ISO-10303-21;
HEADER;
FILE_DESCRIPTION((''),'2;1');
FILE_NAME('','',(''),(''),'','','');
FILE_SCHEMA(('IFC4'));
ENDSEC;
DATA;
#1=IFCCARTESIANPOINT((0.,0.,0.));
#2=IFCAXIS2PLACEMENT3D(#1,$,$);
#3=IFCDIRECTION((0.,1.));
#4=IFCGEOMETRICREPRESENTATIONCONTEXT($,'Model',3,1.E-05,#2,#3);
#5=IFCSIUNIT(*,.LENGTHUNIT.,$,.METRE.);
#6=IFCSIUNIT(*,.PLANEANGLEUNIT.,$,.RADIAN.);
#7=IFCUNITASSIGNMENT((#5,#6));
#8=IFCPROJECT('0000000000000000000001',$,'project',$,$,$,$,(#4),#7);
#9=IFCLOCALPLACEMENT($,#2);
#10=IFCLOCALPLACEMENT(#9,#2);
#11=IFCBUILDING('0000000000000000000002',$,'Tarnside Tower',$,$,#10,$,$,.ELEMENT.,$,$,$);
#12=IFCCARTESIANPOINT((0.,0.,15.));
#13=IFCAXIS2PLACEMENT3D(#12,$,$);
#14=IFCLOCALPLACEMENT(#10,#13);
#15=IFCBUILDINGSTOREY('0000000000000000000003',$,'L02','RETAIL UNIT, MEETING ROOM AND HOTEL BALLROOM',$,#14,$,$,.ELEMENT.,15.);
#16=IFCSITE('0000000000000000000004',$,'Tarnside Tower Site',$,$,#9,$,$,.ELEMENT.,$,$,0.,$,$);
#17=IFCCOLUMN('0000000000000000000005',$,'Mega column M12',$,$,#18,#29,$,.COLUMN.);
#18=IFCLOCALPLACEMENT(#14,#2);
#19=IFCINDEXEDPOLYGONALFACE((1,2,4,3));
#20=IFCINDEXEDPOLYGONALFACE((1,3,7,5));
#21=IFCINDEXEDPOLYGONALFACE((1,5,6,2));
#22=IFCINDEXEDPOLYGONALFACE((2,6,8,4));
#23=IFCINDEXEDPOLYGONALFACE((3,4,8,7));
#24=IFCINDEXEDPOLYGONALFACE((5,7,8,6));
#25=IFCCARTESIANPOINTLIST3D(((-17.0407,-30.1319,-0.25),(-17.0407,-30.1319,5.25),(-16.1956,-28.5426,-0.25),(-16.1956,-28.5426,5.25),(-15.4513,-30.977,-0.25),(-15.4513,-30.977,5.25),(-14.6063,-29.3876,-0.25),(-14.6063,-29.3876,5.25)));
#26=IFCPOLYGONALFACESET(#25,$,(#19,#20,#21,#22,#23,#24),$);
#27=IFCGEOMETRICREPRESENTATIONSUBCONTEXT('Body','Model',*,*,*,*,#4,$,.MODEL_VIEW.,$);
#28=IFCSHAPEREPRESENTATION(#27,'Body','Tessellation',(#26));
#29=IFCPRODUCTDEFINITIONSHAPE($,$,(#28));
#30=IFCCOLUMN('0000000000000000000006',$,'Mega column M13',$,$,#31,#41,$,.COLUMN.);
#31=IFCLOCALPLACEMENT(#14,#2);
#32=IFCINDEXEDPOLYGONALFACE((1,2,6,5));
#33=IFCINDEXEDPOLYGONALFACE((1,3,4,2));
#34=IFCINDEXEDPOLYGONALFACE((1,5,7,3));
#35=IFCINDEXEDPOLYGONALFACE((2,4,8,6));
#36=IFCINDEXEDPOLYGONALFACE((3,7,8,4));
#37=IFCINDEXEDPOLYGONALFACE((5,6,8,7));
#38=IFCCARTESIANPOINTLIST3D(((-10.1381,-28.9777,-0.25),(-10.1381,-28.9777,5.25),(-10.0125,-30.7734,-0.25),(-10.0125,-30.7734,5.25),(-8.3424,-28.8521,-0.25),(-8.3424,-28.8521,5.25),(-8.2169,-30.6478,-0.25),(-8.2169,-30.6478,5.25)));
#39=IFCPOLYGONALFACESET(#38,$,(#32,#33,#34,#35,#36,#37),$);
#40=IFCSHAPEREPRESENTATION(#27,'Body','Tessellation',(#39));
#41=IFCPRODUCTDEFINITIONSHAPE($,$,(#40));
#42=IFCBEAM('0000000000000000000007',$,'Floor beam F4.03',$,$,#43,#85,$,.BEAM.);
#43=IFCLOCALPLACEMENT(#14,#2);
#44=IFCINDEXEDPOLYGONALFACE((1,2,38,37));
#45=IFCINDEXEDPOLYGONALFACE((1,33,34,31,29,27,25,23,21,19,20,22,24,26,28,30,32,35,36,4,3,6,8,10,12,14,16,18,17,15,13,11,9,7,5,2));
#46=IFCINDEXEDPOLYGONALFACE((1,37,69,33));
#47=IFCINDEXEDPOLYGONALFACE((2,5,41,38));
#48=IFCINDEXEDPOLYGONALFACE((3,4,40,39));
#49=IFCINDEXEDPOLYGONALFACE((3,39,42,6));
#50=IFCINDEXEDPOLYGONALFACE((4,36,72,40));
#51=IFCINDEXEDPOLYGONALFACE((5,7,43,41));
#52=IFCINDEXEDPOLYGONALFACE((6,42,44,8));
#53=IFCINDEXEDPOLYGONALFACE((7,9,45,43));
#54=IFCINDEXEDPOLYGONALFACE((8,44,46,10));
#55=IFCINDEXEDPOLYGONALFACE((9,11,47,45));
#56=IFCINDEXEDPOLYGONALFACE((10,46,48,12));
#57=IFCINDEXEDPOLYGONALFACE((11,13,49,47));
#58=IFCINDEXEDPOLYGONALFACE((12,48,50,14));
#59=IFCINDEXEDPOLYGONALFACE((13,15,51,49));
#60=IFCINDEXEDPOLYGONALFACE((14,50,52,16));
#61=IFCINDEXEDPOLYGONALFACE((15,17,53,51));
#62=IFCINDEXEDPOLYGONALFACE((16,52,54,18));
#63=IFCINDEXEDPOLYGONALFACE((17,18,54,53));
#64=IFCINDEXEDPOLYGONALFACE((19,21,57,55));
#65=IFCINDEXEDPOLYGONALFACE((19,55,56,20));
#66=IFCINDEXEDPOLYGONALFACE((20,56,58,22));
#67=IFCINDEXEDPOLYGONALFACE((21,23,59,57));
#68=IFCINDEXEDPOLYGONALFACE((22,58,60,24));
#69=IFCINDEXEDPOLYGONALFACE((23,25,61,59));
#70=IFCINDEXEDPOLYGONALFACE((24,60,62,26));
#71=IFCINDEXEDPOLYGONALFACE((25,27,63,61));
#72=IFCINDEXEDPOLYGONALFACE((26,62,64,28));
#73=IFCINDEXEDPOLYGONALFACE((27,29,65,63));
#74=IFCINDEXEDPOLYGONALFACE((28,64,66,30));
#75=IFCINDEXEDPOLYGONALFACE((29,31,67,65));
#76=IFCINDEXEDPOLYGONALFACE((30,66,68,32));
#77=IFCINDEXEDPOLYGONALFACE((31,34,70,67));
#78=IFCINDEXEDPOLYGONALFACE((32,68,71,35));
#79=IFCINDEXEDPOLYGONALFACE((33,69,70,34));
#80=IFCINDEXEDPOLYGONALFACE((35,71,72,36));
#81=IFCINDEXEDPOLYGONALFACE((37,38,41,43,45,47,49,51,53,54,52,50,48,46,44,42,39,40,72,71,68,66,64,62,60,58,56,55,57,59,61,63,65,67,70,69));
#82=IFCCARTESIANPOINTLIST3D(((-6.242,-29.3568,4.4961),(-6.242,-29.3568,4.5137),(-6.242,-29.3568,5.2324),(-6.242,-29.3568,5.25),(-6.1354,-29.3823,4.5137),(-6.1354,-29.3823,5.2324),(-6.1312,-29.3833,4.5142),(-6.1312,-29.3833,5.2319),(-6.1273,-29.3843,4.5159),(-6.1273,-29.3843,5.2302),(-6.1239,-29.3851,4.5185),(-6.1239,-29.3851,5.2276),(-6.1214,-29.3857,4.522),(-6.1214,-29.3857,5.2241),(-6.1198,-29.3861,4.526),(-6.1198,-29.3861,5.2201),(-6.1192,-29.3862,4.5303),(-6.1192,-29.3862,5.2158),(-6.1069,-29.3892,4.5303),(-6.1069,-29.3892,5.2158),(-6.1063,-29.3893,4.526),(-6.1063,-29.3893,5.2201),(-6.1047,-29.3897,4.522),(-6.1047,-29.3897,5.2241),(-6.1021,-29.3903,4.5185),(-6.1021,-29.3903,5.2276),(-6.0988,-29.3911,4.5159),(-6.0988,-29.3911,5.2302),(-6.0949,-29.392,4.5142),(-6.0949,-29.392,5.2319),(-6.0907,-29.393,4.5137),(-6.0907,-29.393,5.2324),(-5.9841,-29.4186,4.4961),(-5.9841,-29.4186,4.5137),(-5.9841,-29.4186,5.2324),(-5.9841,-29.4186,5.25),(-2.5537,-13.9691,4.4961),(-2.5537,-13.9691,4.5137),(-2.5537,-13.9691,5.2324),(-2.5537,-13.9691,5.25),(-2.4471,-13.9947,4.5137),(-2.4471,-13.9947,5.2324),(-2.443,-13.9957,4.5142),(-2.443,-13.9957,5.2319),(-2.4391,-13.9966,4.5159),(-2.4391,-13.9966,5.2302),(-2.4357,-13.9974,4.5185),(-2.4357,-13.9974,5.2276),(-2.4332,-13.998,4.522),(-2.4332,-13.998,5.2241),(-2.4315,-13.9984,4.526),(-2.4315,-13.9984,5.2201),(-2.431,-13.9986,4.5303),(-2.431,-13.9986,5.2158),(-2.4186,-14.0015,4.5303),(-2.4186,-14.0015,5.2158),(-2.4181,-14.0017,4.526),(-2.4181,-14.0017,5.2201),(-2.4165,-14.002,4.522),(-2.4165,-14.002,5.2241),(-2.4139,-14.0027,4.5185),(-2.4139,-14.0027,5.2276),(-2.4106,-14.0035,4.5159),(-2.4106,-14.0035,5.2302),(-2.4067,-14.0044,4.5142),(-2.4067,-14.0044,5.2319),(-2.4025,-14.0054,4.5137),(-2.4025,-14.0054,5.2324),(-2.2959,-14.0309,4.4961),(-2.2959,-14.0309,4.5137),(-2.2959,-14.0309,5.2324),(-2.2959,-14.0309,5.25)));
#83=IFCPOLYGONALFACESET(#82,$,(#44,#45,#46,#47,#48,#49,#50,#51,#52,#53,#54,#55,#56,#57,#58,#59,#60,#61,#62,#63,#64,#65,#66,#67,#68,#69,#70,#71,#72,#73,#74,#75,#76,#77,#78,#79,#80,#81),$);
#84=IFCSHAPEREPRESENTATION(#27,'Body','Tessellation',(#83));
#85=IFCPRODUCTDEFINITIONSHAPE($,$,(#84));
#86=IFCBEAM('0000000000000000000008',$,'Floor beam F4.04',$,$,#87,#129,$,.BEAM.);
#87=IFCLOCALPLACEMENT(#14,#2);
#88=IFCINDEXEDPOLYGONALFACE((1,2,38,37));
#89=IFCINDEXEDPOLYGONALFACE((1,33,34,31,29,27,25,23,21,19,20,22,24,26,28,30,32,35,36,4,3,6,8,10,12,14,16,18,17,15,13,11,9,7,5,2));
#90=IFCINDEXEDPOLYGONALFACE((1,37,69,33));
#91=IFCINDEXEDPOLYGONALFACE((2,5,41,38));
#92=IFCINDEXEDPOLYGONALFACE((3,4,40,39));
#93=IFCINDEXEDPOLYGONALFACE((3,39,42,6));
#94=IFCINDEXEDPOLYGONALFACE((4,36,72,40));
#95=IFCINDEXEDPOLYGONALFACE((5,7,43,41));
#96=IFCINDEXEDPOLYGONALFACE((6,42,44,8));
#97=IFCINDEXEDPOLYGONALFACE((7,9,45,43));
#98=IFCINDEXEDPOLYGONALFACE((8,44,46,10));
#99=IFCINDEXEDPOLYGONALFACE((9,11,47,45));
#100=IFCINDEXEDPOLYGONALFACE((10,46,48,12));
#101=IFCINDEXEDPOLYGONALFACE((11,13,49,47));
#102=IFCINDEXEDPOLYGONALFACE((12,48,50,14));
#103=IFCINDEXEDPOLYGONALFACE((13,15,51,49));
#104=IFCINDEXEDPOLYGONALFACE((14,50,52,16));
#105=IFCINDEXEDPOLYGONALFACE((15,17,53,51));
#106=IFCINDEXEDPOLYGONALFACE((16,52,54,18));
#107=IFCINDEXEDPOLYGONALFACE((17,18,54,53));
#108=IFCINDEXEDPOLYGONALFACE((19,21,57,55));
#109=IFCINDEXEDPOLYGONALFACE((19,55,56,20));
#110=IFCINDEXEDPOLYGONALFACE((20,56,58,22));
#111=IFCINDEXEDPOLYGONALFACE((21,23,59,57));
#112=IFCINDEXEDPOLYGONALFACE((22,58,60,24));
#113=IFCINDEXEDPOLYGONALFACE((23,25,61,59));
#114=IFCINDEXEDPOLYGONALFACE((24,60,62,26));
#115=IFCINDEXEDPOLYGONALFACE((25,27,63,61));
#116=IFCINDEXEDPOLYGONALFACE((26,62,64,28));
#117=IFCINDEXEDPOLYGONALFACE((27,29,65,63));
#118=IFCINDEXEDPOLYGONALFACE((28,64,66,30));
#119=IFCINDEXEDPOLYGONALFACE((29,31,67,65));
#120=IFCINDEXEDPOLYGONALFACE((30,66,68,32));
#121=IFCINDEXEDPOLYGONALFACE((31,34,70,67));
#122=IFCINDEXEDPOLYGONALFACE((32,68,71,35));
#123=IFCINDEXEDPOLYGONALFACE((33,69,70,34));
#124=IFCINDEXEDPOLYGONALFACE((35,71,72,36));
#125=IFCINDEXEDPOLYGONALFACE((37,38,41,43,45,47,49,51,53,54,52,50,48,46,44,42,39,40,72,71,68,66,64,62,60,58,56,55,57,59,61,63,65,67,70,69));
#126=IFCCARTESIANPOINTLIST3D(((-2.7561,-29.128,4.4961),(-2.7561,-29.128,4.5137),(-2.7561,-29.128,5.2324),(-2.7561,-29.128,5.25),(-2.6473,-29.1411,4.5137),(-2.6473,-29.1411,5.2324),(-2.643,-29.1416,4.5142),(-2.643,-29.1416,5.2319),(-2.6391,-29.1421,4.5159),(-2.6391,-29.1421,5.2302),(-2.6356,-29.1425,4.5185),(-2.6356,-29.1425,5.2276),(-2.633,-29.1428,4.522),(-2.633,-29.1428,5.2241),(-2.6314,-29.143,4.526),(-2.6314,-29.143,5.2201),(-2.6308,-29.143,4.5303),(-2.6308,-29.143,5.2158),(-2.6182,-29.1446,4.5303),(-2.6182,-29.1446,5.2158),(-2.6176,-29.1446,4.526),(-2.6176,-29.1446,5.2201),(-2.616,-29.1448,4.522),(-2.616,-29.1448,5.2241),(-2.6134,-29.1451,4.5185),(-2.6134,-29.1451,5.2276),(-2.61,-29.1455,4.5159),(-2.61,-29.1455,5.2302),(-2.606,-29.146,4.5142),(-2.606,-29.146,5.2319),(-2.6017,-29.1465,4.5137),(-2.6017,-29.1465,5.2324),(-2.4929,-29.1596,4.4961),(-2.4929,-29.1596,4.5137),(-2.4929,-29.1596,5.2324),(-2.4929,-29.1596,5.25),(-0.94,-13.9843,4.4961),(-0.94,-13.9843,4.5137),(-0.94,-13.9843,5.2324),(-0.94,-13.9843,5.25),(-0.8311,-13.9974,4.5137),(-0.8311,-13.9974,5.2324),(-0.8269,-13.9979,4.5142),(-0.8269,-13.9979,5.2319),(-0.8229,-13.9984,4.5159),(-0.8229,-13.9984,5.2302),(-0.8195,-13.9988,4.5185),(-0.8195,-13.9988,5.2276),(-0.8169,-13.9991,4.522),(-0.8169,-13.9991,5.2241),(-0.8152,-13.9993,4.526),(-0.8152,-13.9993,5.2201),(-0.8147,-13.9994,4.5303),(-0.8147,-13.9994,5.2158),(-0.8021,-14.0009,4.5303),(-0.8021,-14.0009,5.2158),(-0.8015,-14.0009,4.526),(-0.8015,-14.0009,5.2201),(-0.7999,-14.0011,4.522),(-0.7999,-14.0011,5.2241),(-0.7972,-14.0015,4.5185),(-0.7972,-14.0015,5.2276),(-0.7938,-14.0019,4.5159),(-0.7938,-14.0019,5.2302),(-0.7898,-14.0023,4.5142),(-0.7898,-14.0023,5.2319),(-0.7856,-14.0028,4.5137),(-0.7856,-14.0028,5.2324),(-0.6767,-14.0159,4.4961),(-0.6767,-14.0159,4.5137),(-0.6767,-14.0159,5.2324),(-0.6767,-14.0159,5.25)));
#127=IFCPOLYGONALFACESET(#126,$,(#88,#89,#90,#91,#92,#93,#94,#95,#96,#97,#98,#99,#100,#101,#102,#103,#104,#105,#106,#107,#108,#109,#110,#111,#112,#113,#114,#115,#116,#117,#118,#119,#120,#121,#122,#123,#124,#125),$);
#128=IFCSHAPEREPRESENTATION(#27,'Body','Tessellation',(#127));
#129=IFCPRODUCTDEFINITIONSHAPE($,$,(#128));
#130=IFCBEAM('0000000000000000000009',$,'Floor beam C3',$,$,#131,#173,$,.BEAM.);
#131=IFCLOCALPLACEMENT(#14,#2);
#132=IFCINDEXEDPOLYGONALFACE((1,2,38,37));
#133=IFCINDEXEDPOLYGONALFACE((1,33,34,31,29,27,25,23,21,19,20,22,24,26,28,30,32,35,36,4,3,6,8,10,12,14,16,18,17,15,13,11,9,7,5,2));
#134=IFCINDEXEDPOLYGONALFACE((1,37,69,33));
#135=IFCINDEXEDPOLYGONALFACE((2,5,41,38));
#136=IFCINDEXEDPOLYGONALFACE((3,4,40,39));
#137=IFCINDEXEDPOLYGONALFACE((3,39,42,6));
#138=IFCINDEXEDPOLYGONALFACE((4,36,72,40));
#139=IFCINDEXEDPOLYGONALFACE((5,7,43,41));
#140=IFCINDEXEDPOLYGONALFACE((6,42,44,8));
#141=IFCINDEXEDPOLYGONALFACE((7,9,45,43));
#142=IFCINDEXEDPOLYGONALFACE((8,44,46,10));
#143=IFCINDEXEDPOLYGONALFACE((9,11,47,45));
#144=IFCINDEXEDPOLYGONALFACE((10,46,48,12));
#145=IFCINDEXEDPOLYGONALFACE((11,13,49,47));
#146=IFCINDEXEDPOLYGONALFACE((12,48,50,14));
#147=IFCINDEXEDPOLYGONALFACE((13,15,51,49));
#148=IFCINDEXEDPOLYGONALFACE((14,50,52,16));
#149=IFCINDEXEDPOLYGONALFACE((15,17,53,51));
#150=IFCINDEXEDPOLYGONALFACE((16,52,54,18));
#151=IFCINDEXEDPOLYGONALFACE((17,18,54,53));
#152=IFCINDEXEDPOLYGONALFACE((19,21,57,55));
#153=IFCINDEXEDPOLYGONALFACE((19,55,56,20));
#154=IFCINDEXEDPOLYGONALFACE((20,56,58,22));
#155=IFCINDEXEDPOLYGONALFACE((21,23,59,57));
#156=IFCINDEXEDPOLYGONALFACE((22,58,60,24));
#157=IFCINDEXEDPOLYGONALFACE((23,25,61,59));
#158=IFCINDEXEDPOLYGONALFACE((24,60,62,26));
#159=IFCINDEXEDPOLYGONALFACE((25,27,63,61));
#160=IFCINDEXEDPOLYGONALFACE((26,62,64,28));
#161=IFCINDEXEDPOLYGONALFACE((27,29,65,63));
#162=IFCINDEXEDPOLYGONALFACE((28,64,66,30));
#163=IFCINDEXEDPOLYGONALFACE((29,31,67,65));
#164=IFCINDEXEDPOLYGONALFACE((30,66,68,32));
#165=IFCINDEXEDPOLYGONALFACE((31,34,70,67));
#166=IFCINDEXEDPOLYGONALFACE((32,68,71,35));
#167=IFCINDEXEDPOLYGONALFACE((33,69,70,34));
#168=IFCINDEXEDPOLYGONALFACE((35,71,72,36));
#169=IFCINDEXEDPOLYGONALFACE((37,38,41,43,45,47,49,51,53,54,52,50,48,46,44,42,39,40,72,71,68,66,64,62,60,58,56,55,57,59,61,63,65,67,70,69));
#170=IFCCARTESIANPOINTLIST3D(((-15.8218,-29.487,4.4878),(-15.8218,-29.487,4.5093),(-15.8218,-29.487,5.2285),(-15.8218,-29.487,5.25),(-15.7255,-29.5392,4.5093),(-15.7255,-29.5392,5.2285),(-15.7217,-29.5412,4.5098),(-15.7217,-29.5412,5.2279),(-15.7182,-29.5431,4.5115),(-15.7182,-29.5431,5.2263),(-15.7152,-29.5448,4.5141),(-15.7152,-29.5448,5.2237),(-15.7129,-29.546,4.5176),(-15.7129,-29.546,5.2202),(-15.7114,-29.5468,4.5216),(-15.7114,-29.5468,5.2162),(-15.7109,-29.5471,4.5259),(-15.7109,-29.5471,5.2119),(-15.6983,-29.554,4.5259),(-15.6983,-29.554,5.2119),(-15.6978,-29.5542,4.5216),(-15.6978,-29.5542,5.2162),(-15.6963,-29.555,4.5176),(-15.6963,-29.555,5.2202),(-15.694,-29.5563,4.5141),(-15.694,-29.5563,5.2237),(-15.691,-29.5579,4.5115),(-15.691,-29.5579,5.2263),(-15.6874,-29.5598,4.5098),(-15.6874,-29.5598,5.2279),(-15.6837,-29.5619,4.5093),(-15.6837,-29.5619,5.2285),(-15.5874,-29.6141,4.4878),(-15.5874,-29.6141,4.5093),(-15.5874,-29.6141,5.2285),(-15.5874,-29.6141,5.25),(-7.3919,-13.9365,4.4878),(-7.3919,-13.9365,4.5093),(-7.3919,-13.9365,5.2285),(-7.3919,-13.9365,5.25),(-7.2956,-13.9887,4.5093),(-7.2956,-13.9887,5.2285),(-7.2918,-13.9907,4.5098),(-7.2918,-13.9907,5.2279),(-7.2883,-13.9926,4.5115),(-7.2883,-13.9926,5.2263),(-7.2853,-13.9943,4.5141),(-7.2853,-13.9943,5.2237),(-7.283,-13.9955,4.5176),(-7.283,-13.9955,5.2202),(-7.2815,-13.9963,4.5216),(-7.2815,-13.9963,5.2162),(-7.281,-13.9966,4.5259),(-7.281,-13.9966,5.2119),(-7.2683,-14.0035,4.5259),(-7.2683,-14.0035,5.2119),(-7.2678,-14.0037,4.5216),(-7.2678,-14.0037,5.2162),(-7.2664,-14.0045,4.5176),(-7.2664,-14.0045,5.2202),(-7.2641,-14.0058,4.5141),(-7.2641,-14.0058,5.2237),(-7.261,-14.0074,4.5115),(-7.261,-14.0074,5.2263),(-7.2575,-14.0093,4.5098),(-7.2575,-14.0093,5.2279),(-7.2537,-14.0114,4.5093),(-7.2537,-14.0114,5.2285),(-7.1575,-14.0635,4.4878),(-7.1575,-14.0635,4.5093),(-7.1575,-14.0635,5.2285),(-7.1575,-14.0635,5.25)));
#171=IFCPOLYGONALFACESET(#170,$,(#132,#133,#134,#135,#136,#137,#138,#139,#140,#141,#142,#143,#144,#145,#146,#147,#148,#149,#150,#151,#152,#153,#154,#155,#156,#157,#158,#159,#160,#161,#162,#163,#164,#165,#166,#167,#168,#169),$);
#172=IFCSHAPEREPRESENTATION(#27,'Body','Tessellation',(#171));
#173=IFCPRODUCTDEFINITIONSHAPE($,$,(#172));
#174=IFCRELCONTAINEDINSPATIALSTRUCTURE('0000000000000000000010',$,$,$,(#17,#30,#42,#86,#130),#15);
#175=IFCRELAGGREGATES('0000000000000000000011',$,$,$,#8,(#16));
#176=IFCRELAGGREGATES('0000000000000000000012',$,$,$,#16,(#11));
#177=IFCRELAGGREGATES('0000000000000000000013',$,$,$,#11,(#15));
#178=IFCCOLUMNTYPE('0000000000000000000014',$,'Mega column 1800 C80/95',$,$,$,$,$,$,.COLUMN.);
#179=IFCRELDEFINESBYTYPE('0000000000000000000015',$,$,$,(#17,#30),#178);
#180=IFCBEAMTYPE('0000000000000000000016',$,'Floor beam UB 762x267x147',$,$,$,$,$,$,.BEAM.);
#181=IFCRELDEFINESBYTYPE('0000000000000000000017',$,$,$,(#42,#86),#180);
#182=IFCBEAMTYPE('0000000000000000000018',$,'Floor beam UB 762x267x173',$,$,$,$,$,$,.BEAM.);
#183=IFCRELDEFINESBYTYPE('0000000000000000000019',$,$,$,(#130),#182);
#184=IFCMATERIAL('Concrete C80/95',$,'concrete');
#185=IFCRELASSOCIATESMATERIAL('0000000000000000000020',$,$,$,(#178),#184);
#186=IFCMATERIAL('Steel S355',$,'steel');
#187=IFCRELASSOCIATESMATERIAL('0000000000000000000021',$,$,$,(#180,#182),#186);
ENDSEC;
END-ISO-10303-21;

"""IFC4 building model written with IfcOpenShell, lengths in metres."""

from ifc_helpers import new_model, si_unit, direction, frame, origin, origin_2d, place, context, subcontext, project, spatial, rectangle, i_section, extrude, material, material_profile, profile_set, type_object, element, save


model = new_model("IFC4")

# Units and contexts
model_context = context("Model", 3, precision=1e-05, world=origin(), true_north=direction((0.0, 1.0)))
body_context = subcontext(model_context, "Body", "Model", "MODEL_VIEW")
ifc_project = project(units=[si_unit("LENGTHUNIT", "METRE"), si_unit("PLANEANGLEUNIT", "RADIAN")], contexts=[model_context])

# Site, building, storey
site_placement = place(None, origin())
site = spatial("IfcSite", under=ifc_project, at=site_placement, Name="Tarnside Tower Site", CompositionType="ELEMENT", RefElevation=0.0)
building_placement = place(site_placement, origin())
building = spatial("IfcBuilding", under=site, at=building_placement, Name="Tarnside Tower", CompositionType="ELEMENT")
storey_placement = place(building_placement, frame((0.0, 0.0, 15.0)))
storey = spatial("IfcBuildingStorey", under=building, at=storey_placement, Name="L02", Description="RETAIL UNIT, MEETING ROOM AND HOTEL BALLROOM", CompositionType="ELEMENT", Elevation=15.0)

# Columns
ifc_material_1 = material(Name="Concrete C80/95", Category="concrete")
ifc_material_profile_1 = material_profile(ifc_material_1, rectangle(XDim=1.8, YDim=1.8, at=origin_2d()), Name="Mega column 1800x1800")
ifc_profile_set_1 = profile_set([ifc_material_profile_1], Name="Concrete C80/95")
column_type = type_object("IfcColumnType", Name="Mega column 1800 C80/95", PredefinedType="COLUMN", material=ifc_profile_set_1)
for number, where, z_axis, x_axis, name in (
    (1, (-15.8235, -29.7598, -0.25), (0.0, 0.0, 1.0), (-0.882948, 0.469472, 0.0), "Mega column M12"),
    (2, (-9.1775, -29.8127, -0.25), (0.0, 0.0, 1.0), (-0.997564, -0.069756, 0.0), "Mega column M13"),
):
    element("IfcColumn", number, at=place(storey_placement, frame(where, z_axis=z_axis, x_axis=x_axis)), inside=storey, type_object=column_type, Name=name, PredefinedType="COLUMN", context=body_context, shape_type="SweptSolid", body=[
        extrude(rectangle(XDim=1.8, YDim=1.8, at=origin_2d()), origin(), (0.0, 0.0, 1.0), 5.5),
    ])

# Beams
ifc_material_2 = material(Name="Steel S355", Category="steel")
ifc_material_profile_2 = material_profile(ifc_material_2, i_section(OverallWidth=0.2651, OverallDepth=0.7539, WebThickness=0.0127, FlangeThickness=0.0176, FilletRadius=0.0166, at=origin_2d()), Name="UB 762x267x147")
ifc_profile_set_2 = profile_set([ifc_material_profile_2], Name="Steel S355")
beam_type_1 = type_object("IfcBeamType", Name="Floor beam UB 762x267x147", PredefinedType="BEAM", material=ifc_profile_set_2)
beam_1_placement = place(storey_placement, frame((-6.113, -29.3877, 4.873), z_axis=(0.233085, 0.972456, 0.0), x_axis=(-0.972456, 0.233085, 0.0)))
element("IfcBeam", 3, at=beam_1_placement, inside=storey, type_object=beam_type_1, Name="Floor beam F4.03", PredefinedType="BEAM", context=body_context, shape_type="SweptSolid", body=[
    extrude(i_section(OverallWidth=0.2651, OverallDepth=0.7539, WebThickness=0.0127, FlangeThickness=0.0176, FilletRadius=0.0166, at=origin_2d()), origin(), (0.0, 0.0, 1.0), 15.8235),
])
beam_2_placement = place(storey_placement, frame((-2.6245, -29.1438, 4.873), z_axis=(0.119075, 0.992885, 0.0), x_axis=(-0.992885, 0.119075, 0.0)))
element("IfcBeam", 4, at=beam_2_placement, inside=storey, type_object=beam_type_1, Name="Floor beam F4.04", PredefinedType="BEAM", context=body_context, shape_type="SweptSolid", body=[
    extrude(i_section(OverallWidth=0.2651, OverallDepth=0.7539, WebThickness=0.0127, FlangeThickness=0.0176, FilletRadius=0.0166, at=origin_2d()), origin(), (0.0, 0.0, 1.0), 15.2522),
])
ifc_material_profile_3 = material_profile(ifc_material_2, i_section(OverallWidth=0.2666, OverallDepth=0.7622, WebThickness=0.0144, FlangeThickness=0.0215, FilletRadius=0.0166, at=origin_2d()), Name="UB 762x267x173")
ifc_profile_set_3 = profile_set([ifc_material_profile_3], Name="Steel S355")
beam_type_2 = type_object("IfcBeamType", Name="Floor beam UB 762x267x173", PredefinedType="BEAM", material=ifc_profile_set_3)
beam_3_placement = place(storey_placement, frame((-15.7046, -29.5505, 4.8689), z_axis=(0.476577, 0.879133, 0.0), x_axis=(-0.879133, 0.476577, 0.0)))
element("IfcBeam", 5, at=beam_3_placement, inside=storey, type_object=beam_type_2, Name="Floor beam C3", PredefinedType="BEAM", context=body_context, shape_type="SweptSolid", body=[
    extrude(i_section(OverallWidth=0.2666, OverallDepth=0.7622, WebThickness=0.0144, FlangeThickness=0.0215, FilletRadius=0.0166, at=origin_2d()), origin(), (0.0, 0.0, 1.0), 17.6885),
])

save(model, "model.ifc")
